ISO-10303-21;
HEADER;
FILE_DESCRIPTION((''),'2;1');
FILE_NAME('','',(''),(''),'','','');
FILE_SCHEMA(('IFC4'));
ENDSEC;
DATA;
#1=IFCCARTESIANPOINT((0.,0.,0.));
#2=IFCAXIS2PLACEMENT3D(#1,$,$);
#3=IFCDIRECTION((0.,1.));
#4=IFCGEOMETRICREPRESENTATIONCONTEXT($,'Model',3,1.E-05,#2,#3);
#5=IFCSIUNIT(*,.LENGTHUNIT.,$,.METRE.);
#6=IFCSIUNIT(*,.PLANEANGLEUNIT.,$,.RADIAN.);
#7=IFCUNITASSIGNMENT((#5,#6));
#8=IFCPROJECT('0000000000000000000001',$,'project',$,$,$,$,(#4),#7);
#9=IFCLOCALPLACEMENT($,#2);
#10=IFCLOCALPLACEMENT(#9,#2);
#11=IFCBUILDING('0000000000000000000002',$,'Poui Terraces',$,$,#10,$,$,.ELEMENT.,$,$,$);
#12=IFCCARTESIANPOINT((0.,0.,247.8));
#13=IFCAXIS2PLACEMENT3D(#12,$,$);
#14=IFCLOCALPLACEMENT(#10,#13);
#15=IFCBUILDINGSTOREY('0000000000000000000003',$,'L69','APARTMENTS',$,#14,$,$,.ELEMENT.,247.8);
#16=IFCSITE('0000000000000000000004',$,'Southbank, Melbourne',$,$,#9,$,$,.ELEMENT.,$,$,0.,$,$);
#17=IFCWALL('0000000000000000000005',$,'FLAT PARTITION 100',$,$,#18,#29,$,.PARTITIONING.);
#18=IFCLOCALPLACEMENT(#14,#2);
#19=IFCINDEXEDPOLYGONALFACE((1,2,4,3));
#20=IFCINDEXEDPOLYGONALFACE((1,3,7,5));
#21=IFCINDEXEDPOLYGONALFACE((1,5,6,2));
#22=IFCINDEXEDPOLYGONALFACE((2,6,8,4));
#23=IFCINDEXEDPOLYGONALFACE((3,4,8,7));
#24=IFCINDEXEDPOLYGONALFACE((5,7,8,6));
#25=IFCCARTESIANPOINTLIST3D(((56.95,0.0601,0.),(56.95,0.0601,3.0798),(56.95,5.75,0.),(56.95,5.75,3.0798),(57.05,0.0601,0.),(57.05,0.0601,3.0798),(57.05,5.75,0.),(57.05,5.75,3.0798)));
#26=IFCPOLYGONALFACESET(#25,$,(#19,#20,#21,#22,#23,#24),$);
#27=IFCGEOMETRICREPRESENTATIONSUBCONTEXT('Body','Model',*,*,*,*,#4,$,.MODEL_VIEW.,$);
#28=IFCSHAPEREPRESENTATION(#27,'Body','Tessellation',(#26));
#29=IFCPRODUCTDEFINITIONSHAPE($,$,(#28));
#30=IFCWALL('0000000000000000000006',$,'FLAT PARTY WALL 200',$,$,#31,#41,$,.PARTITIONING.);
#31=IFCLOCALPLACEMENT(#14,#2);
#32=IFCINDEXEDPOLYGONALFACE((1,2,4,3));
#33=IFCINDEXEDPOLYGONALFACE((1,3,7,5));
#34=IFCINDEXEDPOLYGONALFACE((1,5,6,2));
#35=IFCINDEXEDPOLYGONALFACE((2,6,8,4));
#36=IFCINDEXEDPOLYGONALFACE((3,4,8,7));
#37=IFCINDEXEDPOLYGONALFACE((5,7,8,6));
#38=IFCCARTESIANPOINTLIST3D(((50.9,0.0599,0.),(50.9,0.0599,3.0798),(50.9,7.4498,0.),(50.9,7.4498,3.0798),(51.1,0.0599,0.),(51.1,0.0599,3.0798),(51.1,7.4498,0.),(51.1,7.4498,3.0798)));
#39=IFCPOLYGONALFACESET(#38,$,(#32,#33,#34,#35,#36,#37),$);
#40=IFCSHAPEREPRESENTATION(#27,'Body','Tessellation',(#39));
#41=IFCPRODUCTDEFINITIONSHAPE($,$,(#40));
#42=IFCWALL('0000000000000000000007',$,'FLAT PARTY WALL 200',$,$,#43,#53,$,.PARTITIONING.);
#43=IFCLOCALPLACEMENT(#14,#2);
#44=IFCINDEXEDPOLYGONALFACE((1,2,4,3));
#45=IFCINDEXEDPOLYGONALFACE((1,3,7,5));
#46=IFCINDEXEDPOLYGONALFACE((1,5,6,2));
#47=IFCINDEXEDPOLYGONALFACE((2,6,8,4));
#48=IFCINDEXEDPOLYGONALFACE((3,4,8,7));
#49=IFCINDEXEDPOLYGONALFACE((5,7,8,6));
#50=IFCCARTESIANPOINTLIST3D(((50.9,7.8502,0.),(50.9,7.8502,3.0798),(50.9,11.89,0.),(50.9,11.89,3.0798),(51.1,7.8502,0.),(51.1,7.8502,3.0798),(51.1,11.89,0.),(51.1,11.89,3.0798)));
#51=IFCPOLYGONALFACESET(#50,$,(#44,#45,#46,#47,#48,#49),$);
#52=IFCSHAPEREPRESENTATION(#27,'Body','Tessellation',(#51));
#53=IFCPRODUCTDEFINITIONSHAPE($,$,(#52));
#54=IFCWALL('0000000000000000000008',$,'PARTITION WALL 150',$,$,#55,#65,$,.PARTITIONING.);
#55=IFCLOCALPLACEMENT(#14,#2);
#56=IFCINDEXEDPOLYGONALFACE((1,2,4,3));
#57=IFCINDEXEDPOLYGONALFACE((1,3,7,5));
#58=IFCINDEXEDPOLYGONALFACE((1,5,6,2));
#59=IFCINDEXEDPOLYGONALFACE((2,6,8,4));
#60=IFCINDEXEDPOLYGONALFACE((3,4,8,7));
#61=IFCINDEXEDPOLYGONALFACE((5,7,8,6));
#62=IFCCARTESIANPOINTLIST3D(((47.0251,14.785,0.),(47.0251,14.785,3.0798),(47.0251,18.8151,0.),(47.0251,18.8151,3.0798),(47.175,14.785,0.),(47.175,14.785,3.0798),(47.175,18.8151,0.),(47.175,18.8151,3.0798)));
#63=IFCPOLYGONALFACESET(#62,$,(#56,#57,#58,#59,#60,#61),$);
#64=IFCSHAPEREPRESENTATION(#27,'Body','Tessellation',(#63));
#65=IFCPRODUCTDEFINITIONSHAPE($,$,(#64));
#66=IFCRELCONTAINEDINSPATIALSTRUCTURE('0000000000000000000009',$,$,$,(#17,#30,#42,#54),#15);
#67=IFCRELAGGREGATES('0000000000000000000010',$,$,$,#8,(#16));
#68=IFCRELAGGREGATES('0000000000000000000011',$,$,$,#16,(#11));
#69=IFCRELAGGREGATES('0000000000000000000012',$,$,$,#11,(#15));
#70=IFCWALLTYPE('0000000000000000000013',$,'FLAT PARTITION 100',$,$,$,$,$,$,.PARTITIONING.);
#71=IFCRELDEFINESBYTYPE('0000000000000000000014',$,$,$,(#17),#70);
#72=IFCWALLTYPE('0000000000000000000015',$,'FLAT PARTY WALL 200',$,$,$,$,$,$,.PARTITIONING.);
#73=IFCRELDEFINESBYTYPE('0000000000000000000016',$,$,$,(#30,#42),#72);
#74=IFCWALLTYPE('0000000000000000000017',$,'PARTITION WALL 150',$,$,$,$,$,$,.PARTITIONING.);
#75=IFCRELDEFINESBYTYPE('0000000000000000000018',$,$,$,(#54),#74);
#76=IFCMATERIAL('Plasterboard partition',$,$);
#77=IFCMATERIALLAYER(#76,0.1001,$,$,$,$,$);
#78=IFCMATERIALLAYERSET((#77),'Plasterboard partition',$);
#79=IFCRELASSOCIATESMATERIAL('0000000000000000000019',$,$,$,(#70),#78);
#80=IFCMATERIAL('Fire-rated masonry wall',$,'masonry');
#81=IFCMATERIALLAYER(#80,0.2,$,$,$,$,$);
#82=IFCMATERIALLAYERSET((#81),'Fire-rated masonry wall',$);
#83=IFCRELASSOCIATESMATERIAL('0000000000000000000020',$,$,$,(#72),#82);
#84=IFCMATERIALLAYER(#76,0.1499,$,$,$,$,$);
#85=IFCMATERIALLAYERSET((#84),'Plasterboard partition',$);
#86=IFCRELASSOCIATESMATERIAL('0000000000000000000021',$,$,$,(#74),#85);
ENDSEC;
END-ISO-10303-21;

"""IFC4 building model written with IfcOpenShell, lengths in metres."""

from ifc_helpers import new_model, si_unit, direction, frame, frame_2d, origin, place, context, subcontext, project, spatial, rectangle, extrude, material, layer, layer_set, type_object, element, save


model = new_model("IFC4")

# Units and contexts
model_context = context("Model", 3, precision=1e-05, world=origin(), true_north=direction((0.0, 1.0)))
body_context = subcontext(model_context, "Body", "Model", "MODEL_VIEW")
ifc_project = project(units=[si_unit("LENGTHUNIT", "METRE"), si_unit("PLANEANGLEUNIT", "RADIAN")], contexts=[model_context])

# Site, building, storey
site_placement = place(None, origin())
site = spatial("IfcSite", under=ifc_project, at=site_placement, Name="Southbank, Melbourne", CompositionType="ELEMENT", RefElevation=0.0)
building_placement = place(site_placement, origin())
building = spatial("IfcBuilding", under=site, at=building_placement, Name="Poui Terraces", CompositionType="ELEMENT")
storey_placement = place(building_placement, frame((0.0, 0.0, 247.8)))
storey = spatial("IfcBuildingStorey", under=building, at=storey_placement, Name="L69", Description="APARTMENTS", CompositionType="ELEMENT", Elevation=247.8)

# Shared definitions
ifc_material_1 = material(Name="Plasterboard partition")
ifc_layer_1 = layer(ifc_material_1, 0.1001)
ifc_layer_set_1 = layer_set([ifc_layer_1], Name="Plasterboard partition")
wall_type_1 = type_object("IfcWallType", Name="FLAT PARTITION 100", PredefinedType="PARTITIONING", material=ifc_layer_set_1)

# Walls
wall_1_placement = place(storey_placement, frame((57.0, 0.0601, 0.0), z_axis=(0.0, 0.0, 1.0), x_axis=(0.0, 1.0, 0.0)))
element("IfcWall", 1, at=wall_1_placement, inside=storey, type_object=wall_type_1, Name="FLAT PARTITION 100", PredefinedType="PARTITIONING", context=body_context, shape_type="SweptSolid", body=[
    extrude(rectangle(XDim=5.6899, YDim=0.1001, at=frame_2d((2.845, 0.0))), origin(), (0.0, 0.0, 1.0), 3.0798),
])
ifc_material_2 = material(Name="Fire-rated masonry wall", Category="masonry")
ifc_layer_2 = layer(ifc_material_2, 0.2)
ifc_layer_set_2 = layer_set([ifc_layer_2], Name="Fire-rated masonry wall")
wall_type_2 = type_object("IfcWallType", Name="FLAT PARTY WALL 200", PredefinedType="PARTITIONING", material=ifc_layer_set_2)
wall_2_placement = place(storey_placement, frame((51.0, 0.0601, 0.0), z_axis=(0.0, 0.0, 1.0), x_axis=(0.0, 1.0, 0.0)))
element("IfcWall", 2, at=wall_2_placement, inside=storey, type_object=wall_type_2, Name="FLAT PARTY WALL 200", PredefinedType="PARTITIONING", context=body_context, shape_type="SweptSolid", body=[
    extrude(rectangle(XDim=7.3899, YDim=0.2, at=frame_2d((3.6948, 0.0))), origin(), (0.0, 0.0, 1.0), 3.0798),
])
wall_3_placement = place(storey_placement, frame((51.0, 7.8501, 0.0), z_axis=(0.0, 0.0, 1.0), x_axis=(0.0, 1.0, 0.0)))
element("IfcWall", 3, at=wall_3_placement, inside=storey, type_object=wall_type_2, Name="FLAT PARTY WALL 200", PredefinedType="PARTITIONING", context=body_context, shape_type="SweptSolid", body=[
    extrude(rectangle(XDim=4.0398, YDim=0.2, at=frame_2d((2.02, 0.0))), origin(), (0.0, 0.0, 1.0), 3.0798),
])
ifc_layer_3 = layer(ifc_material_1, 0.1499)
ifc_layer_set_3 = layer_set([ifc_layer_3], Name="Plasterboard partition")
wall_type_3 = type_object("IfcWallType", Name="PARTITION WALL 150", PredefinedType="PARTITIONING", material=ifc_layer_set_3)
wall_4_placement = place(storey_placement, frame((47.1001, 14.7849, 0.0), z_axis=(0.0, 0.0, 1.0), x_axis=(0.0, 1.0, 0.0)))
element("IfcWall", 4, at=wall_4_placement, inside=storey, type_object=wall_type_3, Name="PARTITION WALL 150", PredefinedType="PARTITIONING", context=body_context, shape_type="SweptSolid", body=[
    extrude(rectangle(XDim=4.03, YDim=0.1499, at=frame_2d((2.0151, 0.0))), origin(), (0.0, 0.0, 1.0), 3.0798),
])

save(model, "model.ifc")
